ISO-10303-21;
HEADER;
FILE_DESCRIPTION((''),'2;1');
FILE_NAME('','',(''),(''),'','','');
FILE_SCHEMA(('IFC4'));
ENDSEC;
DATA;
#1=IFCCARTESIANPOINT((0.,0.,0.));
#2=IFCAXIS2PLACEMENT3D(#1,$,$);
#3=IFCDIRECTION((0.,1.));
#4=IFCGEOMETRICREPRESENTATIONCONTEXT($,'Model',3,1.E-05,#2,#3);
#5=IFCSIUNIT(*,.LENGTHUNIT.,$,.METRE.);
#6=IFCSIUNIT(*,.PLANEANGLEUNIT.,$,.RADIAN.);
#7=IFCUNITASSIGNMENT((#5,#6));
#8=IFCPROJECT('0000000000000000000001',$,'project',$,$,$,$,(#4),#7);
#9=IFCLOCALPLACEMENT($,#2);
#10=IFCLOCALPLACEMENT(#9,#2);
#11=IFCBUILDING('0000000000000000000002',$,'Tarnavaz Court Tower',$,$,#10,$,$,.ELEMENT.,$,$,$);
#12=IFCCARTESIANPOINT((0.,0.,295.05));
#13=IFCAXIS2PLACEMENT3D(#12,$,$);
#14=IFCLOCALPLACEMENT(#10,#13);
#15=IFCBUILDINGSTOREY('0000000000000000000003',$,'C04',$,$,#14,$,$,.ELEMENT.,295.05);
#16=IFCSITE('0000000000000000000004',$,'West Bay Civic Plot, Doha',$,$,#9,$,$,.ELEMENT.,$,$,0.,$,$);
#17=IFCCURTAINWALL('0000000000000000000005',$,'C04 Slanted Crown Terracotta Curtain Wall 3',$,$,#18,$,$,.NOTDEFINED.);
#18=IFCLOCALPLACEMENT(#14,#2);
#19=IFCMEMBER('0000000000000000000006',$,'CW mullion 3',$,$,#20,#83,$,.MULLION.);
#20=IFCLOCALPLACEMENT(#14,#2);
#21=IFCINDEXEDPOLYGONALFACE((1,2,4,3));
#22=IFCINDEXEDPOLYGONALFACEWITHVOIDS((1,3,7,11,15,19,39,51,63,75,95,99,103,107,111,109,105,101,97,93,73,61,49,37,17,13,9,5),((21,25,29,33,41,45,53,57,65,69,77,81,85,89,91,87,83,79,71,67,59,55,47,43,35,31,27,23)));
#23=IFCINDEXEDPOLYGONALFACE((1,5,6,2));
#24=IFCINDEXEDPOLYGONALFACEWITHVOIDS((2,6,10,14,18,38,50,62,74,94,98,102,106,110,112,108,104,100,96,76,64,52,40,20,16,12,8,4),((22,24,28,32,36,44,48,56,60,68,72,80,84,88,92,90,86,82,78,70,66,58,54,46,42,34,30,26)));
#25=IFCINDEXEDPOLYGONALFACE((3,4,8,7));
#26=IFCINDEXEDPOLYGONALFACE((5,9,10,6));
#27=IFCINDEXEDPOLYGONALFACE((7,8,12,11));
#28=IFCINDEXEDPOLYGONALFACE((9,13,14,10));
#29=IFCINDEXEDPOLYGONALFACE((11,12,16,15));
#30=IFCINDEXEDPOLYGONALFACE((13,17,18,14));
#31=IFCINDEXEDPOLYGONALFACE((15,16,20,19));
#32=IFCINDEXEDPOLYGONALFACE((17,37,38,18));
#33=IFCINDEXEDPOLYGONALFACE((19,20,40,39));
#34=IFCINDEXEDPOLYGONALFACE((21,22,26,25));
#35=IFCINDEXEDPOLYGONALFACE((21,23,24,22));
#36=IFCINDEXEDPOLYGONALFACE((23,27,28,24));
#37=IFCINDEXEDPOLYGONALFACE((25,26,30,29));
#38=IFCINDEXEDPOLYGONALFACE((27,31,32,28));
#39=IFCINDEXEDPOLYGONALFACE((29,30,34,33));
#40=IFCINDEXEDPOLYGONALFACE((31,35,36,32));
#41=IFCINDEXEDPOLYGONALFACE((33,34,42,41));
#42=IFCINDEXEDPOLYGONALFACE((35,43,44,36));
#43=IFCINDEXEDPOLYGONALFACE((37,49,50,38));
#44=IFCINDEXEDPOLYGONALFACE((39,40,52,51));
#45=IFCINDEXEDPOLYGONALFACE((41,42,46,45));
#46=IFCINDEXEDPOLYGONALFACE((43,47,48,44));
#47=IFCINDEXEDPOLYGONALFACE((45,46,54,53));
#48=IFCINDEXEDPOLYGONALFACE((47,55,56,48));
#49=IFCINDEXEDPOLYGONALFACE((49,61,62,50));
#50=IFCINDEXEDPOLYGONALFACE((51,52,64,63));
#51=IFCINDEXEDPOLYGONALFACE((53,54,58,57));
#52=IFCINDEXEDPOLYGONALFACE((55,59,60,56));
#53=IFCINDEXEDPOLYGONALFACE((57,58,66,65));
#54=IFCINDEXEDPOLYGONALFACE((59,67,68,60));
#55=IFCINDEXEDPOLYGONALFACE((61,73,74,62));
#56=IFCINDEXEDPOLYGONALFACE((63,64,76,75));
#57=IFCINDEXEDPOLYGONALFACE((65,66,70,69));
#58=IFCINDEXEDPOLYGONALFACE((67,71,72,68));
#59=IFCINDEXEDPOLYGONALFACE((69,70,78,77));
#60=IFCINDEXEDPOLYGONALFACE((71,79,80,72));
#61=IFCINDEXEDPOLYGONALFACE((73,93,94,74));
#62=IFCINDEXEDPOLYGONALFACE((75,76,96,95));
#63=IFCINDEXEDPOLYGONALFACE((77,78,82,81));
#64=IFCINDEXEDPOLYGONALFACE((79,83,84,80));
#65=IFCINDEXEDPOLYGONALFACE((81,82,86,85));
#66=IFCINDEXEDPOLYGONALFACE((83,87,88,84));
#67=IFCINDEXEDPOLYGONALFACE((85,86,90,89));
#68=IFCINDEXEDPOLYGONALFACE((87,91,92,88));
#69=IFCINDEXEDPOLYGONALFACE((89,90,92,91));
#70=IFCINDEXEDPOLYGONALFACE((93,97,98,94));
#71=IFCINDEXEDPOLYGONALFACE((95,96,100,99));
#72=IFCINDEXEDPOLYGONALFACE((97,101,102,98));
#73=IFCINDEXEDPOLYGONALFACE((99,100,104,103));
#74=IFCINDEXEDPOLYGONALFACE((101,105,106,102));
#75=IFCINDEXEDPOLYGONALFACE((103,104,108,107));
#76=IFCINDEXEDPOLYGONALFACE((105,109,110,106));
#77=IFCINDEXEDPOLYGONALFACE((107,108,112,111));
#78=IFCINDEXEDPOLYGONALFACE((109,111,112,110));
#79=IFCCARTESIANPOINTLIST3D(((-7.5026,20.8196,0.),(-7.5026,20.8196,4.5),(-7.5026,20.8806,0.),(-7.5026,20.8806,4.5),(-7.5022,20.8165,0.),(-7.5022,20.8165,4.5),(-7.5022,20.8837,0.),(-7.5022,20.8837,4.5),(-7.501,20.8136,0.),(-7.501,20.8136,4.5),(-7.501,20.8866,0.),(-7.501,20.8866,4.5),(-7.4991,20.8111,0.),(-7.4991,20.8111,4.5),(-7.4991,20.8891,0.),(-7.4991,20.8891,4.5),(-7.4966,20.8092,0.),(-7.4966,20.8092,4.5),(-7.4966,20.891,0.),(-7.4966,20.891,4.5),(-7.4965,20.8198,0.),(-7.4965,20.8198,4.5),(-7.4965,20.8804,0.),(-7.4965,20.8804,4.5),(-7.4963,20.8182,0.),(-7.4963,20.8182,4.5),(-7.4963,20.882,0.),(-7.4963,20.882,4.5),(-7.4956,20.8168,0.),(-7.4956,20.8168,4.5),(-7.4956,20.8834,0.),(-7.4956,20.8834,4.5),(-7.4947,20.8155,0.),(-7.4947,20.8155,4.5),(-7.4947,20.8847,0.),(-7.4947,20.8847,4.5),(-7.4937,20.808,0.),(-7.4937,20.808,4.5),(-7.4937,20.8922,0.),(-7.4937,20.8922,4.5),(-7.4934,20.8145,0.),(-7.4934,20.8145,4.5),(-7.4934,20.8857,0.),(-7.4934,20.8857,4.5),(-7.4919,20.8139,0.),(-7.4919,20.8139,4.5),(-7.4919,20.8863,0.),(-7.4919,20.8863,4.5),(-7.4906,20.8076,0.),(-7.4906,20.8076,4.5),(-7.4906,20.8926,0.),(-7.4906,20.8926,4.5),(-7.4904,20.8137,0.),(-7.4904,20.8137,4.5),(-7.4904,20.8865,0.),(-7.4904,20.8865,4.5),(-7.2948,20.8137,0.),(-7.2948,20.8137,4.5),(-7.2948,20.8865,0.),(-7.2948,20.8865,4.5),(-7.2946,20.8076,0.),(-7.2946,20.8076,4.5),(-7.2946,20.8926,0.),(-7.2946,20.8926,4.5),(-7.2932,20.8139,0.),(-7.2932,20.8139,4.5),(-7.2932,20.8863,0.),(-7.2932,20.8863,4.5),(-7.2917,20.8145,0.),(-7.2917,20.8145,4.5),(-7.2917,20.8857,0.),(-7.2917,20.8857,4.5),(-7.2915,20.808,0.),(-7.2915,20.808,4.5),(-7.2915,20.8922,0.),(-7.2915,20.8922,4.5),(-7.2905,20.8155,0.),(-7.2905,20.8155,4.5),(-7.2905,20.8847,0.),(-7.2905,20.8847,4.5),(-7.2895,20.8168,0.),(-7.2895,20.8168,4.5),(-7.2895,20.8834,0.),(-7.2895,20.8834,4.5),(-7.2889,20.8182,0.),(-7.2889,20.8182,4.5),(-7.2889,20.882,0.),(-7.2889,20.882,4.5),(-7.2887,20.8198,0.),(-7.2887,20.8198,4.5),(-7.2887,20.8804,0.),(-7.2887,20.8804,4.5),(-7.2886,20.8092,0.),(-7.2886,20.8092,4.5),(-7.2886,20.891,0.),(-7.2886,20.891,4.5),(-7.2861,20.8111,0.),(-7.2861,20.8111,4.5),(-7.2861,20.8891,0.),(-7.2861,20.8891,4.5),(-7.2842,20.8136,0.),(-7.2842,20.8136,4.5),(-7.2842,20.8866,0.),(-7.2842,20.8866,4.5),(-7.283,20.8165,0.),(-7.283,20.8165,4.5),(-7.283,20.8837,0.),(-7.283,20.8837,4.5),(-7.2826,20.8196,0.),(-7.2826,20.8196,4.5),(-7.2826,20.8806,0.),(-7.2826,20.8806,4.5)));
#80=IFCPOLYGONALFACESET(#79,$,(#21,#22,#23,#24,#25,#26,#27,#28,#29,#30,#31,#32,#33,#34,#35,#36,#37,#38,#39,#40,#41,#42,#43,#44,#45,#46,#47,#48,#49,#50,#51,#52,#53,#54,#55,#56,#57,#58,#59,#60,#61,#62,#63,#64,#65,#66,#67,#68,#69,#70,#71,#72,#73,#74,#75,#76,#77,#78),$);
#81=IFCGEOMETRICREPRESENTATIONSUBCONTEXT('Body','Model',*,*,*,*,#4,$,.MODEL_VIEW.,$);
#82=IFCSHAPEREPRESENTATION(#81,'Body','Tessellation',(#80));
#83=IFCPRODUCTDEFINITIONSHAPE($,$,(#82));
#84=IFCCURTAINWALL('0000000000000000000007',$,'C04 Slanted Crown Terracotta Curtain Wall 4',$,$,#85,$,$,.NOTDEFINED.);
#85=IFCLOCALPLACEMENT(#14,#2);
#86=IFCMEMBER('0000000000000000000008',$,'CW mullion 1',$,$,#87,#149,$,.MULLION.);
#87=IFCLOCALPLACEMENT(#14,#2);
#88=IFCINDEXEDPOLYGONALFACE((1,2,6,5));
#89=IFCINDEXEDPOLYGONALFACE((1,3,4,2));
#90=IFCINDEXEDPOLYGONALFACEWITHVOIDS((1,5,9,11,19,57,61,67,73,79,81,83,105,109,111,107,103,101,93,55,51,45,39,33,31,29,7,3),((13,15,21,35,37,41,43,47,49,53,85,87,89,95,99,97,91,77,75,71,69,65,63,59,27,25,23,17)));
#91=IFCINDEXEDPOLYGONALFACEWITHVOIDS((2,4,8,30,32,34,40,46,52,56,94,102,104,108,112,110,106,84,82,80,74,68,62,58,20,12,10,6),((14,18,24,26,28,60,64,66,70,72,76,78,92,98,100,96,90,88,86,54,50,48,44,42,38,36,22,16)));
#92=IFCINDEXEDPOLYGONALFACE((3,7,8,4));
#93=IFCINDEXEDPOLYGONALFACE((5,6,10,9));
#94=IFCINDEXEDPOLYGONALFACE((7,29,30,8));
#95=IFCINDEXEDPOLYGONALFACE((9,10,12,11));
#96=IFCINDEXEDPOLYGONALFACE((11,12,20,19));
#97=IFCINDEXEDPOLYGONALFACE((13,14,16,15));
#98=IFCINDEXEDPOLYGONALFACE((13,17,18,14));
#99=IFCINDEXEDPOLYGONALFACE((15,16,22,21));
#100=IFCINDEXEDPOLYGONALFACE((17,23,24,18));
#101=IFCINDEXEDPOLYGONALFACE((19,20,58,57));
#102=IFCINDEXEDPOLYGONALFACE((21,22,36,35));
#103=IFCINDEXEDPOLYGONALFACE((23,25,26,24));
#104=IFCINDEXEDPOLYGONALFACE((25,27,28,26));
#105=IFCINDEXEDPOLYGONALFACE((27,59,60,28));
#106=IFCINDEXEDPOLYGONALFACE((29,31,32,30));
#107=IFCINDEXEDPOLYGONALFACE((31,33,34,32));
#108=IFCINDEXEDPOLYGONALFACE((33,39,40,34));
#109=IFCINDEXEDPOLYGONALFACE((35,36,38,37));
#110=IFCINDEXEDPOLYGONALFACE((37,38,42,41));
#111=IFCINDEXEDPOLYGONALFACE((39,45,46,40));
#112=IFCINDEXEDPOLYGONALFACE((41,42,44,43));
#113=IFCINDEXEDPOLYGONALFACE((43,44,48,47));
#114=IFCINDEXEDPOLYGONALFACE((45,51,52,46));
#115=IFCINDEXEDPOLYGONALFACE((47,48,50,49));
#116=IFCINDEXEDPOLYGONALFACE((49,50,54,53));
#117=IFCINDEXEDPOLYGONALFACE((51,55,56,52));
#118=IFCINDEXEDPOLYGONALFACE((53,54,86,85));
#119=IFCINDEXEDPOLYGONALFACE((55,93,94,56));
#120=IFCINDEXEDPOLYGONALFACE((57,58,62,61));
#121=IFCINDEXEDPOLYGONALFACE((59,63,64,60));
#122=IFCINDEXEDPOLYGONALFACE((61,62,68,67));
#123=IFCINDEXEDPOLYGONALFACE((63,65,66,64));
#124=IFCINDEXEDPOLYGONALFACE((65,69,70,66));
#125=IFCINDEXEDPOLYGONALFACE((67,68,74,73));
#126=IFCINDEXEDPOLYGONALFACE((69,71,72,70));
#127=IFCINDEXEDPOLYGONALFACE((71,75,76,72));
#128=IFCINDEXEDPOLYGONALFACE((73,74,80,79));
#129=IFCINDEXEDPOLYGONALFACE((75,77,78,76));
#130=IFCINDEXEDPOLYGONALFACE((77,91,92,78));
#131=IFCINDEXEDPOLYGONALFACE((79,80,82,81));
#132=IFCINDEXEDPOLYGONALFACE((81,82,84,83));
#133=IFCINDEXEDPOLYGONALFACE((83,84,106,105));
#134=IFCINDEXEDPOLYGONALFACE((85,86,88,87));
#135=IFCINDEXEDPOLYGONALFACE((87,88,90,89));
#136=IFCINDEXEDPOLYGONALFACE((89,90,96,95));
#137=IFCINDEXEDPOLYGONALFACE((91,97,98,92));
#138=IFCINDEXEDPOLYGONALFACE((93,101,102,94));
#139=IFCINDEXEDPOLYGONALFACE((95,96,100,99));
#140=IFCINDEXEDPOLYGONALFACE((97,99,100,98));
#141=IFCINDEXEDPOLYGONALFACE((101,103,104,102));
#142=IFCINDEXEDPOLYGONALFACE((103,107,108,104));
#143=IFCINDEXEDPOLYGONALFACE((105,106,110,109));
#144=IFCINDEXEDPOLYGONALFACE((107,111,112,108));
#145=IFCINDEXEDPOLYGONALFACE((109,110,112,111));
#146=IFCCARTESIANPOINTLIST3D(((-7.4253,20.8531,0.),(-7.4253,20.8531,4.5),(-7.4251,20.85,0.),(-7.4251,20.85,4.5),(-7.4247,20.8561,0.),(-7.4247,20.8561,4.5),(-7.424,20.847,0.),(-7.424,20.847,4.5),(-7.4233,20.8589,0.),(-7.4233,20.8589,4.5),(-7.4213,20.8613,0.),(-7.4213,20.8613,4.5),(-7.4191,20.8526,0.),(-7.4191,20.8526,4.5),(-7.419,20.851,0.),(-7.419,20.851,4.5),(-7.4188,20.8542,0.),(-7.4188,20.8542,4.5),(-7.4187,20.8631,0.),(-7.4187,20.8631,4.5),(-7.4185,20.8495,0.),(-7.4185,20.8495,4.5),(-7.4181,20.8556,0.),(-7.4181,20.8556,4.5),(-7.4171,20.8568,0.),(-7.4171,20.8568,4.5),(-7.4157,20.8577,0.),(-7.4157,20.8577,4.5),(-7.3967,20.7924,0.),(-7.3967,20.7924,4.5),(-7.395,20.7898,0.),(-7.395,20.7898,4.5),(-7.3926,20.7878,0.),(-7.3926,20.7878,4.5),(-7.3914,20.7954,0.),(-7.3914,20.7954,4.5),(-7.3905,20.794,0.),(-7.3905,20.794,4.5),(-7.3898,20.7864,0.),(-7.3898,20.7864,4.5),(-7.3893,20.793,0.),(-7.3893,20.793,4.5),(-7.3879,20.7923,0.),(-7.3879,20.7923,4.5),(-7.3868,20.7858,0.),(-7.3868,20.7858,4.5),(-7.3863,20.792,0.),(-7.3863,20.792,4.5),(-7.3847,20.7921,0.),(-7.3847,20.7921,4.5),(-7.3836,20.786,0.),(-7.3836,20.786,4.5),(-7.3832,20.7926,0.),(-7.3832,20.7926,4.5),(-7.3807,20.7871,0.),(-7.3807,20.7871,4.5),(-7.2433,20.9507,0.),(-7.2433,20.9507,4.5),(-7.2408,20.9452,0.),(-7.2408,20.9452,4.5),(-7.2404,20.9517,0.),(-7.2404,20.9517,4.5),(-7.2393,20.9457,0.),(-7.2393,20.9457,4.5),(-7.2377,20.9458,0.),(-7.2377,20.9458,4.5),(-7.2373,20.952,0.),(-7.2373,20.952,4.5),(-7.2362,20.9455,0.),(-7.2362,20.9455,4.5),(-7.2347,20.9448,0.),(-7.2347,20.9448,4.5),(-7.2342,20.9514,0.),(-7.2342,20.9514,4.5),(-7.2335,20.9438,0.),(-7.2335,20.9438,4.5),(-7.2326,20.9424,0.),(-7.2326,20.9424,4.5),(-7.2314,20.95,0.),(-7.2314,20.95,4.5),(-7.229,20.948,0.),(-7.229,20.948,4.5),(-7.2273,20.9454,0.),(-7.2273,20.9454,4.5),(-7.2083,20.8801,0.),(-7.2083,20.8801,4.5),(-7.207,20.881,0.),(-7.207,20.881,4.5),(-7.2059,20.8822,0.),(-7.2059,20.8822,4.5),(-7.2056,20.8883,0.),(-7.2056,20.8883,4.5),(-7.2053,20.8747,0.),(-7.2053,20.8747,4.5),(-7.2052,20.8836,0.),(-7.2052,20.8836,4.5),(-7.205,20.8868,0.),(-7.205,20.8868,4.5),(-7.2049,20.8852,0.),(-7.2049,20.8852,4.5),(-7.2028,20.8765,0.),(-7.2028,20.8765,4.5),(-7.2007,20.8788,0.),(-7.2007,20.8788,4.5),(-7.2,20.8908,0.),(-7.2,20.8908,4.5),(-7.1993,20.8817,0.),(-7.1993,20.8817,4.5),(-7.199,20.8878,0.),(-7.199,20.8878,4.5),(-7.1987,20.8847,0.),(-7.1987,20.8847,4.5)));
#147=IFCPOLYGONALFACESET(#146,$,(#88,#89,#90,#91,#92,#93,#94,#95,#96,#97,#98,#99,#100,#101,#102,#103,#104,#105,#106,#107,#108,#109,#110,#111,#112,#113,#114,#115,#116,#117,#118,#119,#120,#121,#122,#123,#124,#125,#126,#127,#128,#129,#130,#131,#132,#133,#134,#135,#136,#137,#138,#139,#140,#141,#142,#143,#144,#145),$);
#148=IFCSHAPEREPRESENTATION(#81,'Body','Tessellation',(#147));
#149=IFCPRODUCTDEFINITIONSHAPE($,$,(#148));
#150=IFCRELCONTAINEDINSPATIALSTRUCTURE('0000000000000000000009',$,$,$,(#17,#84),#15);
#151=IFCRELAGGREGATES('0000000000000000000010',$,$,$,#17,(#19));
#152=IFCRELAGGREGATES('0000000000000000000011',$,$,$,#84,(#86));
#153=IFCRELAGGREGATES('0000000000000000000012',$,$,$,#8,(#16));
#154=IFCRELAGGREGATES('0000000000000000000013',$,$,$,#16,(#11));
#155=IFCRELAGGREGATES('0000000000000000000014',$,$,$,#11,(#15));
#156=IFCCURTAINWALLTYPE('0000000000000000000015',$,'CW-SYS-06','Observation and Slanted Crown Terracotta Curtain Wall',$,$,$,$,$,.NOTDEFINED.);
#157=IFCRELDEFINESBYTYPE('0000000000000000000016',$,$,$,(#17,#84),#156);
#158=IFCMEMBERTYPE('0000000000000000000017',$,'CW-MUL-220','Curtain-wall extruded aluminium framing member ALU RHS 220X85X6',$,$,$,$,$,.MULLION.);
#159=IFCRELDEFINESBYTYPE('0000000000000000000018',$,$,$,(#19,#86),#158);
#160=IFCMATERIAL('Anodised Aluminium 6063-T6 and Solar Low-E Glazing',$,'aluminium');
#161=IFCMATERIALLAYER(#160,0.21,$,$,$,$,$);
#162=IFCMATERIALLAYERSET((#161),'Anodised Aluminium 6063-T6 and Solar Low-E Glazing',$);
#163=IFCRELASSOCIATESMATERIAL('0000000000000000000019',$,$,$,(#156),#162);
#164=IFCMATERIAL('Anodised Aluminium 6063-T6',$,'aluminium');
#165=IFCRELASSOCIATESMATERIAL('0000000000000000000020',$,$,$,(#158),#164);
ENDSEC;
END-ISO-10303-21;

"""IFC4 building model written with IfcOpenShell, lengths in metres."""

from ifc_helpers import new_model, si_unit, direction, frame, origin, origin_2d, place, context, subcontext, project, spatial, hollow_rectangle, extrude, material, layer, layer_set, material_profile, profile_set, type_object, element, aggregate, save


model = new_model("IFC4")

# Units and contexts
model_context = context("Model", 3, precision=1e-05, world=origin(), true_north=direction((0.0, 1.0)))
body_context = subcontext(model_context, "Body", "Model", "MODEL_VIEW")
ifc_project = project(units=[si_unit("LENGTHUNIT", "METRE"), si_unit("PLANEANGLEUNIT", "RADIAN")], contexts=[model_context])

# Site, building, storey
site_placement = place(None, origin())
site = spatial("IfcSite", under=ifc_project, at=site_placement, Name="West Bay Civic Plot, Doha", CompositionType="ELEMENT", RefElevation=0.0)
building_placement = place(site_placement, origin())
building = spatial("IfcBuilding", under=site, at=building_placement, Name="Tarnavaz Court Tower", CompositionType="ELEMENT")
storey_placement = place(building_placement, frame((0.0, 0.0, 295.05)))
storey = spatial("IfcBuildingStorey", under=building, at=storey_placement, Name="C04", CompositionType="ELEMENT", Elevation=295.05)

# Shared definitions
ifc_material_1 = material(Name="Anodised Aluminium 6063-T6 and Solar Low-E Glazing", Category="aluminium")
ifc_layer_1 = layer(ifc_material_1, 0.21)
ifc_layer_set_1 = layer_set([ifc_layer_1], Name="Anodised Aluminium 6063-T6 and Solar Low-E Glazing")
curtain_wall_type = type_object("IfcCurtainWallType", Name="CW-SYS-06", Description="Observation and Slanted Crown Terracotta Curtain Wall", PredefinedType="NOTDEFINED", material=ifc_layer_set_1)
ifc_material_2 = material(Name="Anodised Aluminium 6063-T6", Category="aluminium")
ifc_material_profile_1 = material_profile(ifc_material_2, hollow_rectangle(XDim=0.085, YDim=0.22, WallThickness=0.0061, InnerFilletRadius=0.0061, OuterFilletRadius=0.012, at=origin_2d()), Name="ALU RHS 220X85X6")
ifc_profile_set_1 = profile_set([ifc_material_profile_1], Name="Anodised Aluminium 6063-T6")
member_type_1 = type_object("IfcMemberType", Name="CW-MUL-220", Description="Curtain-wall extruded aluminium framing member ALU RHS 220X85X6", PredefinedType="MULLION", material=ifc_profile_set_1)

# Curtain walls, members
curtain_wall_1_placement = place(storey_placement, origin())
curtain_wall_1 = element("IfcCurtainWall", 1, at=curtain_wall_1_placement, inside=storey, type_object=curtain_wall_type, Name="C04 Slanted Crown Terracotta Curtain Wall 3", PredefinedType="NOTDEFINED")
member_1_placement = place(storey_placement, frame((-7.3926, 20.8501, 0.0), z_axis=(0.0, 0.0, 1.0), x_axis=(0.0, 1.0, 0.0)))
member_1 = element("IfcMember", 2, at=member_1_placement, type_object=member_type_1, Name="CW mullion 3", PredefinedType="MULLION", context=body_context, shape_type="SweptSolid", body=[
    extrude(hollow_rectangle(XDim=0.085, YDim=0.22, WallThickness=0.0061, InnerFilletRadius=0.0061, OuterFilletRadius=0.012, at=origin_2d()), origin(), (0.0, 0.0, 1.0), 4.5),
])
curtain_wall_2_placement = place(storey_placement, origin())
curtain_wall_2 = element("IfcCurtainWall", 3, at=curtain_wall_2_placement, inside=storey, type_object=curtain_wall_type, Name="C04 Slanted Crown Terracotta Curtain Wall 4", PredefinedType="NOTDEFINED")
member_2_placement = place(storey_placement, frame((-7.312, 20.8689, 0.0), z_axis=(0.0, 0.0, 1.0), x_axis=(-0.447214, 0.894427, 0.0)))
member_2 = element("IfcMember", 4, at=member_2_placement, type_object=member_type_1, Name="CW mullion 1", PredefinedType="MULLION", context=body_context, shape_type="SweptSolid", body=[
    extrude(hollow_rectangle(XDim=0.085, YDim=0.22, WallThickness=0.0061, InnerFilletRadius=0.0061, OuterFilletRadius=0.012, at=origin_2d()), origin(), (0.0, 0.0, 1.0), 4.5),
])

aggregate(curtain_wall_1, [member_1])
aggregate(curtain_wall_2, [member_2])

save(model, "model.ifc")
